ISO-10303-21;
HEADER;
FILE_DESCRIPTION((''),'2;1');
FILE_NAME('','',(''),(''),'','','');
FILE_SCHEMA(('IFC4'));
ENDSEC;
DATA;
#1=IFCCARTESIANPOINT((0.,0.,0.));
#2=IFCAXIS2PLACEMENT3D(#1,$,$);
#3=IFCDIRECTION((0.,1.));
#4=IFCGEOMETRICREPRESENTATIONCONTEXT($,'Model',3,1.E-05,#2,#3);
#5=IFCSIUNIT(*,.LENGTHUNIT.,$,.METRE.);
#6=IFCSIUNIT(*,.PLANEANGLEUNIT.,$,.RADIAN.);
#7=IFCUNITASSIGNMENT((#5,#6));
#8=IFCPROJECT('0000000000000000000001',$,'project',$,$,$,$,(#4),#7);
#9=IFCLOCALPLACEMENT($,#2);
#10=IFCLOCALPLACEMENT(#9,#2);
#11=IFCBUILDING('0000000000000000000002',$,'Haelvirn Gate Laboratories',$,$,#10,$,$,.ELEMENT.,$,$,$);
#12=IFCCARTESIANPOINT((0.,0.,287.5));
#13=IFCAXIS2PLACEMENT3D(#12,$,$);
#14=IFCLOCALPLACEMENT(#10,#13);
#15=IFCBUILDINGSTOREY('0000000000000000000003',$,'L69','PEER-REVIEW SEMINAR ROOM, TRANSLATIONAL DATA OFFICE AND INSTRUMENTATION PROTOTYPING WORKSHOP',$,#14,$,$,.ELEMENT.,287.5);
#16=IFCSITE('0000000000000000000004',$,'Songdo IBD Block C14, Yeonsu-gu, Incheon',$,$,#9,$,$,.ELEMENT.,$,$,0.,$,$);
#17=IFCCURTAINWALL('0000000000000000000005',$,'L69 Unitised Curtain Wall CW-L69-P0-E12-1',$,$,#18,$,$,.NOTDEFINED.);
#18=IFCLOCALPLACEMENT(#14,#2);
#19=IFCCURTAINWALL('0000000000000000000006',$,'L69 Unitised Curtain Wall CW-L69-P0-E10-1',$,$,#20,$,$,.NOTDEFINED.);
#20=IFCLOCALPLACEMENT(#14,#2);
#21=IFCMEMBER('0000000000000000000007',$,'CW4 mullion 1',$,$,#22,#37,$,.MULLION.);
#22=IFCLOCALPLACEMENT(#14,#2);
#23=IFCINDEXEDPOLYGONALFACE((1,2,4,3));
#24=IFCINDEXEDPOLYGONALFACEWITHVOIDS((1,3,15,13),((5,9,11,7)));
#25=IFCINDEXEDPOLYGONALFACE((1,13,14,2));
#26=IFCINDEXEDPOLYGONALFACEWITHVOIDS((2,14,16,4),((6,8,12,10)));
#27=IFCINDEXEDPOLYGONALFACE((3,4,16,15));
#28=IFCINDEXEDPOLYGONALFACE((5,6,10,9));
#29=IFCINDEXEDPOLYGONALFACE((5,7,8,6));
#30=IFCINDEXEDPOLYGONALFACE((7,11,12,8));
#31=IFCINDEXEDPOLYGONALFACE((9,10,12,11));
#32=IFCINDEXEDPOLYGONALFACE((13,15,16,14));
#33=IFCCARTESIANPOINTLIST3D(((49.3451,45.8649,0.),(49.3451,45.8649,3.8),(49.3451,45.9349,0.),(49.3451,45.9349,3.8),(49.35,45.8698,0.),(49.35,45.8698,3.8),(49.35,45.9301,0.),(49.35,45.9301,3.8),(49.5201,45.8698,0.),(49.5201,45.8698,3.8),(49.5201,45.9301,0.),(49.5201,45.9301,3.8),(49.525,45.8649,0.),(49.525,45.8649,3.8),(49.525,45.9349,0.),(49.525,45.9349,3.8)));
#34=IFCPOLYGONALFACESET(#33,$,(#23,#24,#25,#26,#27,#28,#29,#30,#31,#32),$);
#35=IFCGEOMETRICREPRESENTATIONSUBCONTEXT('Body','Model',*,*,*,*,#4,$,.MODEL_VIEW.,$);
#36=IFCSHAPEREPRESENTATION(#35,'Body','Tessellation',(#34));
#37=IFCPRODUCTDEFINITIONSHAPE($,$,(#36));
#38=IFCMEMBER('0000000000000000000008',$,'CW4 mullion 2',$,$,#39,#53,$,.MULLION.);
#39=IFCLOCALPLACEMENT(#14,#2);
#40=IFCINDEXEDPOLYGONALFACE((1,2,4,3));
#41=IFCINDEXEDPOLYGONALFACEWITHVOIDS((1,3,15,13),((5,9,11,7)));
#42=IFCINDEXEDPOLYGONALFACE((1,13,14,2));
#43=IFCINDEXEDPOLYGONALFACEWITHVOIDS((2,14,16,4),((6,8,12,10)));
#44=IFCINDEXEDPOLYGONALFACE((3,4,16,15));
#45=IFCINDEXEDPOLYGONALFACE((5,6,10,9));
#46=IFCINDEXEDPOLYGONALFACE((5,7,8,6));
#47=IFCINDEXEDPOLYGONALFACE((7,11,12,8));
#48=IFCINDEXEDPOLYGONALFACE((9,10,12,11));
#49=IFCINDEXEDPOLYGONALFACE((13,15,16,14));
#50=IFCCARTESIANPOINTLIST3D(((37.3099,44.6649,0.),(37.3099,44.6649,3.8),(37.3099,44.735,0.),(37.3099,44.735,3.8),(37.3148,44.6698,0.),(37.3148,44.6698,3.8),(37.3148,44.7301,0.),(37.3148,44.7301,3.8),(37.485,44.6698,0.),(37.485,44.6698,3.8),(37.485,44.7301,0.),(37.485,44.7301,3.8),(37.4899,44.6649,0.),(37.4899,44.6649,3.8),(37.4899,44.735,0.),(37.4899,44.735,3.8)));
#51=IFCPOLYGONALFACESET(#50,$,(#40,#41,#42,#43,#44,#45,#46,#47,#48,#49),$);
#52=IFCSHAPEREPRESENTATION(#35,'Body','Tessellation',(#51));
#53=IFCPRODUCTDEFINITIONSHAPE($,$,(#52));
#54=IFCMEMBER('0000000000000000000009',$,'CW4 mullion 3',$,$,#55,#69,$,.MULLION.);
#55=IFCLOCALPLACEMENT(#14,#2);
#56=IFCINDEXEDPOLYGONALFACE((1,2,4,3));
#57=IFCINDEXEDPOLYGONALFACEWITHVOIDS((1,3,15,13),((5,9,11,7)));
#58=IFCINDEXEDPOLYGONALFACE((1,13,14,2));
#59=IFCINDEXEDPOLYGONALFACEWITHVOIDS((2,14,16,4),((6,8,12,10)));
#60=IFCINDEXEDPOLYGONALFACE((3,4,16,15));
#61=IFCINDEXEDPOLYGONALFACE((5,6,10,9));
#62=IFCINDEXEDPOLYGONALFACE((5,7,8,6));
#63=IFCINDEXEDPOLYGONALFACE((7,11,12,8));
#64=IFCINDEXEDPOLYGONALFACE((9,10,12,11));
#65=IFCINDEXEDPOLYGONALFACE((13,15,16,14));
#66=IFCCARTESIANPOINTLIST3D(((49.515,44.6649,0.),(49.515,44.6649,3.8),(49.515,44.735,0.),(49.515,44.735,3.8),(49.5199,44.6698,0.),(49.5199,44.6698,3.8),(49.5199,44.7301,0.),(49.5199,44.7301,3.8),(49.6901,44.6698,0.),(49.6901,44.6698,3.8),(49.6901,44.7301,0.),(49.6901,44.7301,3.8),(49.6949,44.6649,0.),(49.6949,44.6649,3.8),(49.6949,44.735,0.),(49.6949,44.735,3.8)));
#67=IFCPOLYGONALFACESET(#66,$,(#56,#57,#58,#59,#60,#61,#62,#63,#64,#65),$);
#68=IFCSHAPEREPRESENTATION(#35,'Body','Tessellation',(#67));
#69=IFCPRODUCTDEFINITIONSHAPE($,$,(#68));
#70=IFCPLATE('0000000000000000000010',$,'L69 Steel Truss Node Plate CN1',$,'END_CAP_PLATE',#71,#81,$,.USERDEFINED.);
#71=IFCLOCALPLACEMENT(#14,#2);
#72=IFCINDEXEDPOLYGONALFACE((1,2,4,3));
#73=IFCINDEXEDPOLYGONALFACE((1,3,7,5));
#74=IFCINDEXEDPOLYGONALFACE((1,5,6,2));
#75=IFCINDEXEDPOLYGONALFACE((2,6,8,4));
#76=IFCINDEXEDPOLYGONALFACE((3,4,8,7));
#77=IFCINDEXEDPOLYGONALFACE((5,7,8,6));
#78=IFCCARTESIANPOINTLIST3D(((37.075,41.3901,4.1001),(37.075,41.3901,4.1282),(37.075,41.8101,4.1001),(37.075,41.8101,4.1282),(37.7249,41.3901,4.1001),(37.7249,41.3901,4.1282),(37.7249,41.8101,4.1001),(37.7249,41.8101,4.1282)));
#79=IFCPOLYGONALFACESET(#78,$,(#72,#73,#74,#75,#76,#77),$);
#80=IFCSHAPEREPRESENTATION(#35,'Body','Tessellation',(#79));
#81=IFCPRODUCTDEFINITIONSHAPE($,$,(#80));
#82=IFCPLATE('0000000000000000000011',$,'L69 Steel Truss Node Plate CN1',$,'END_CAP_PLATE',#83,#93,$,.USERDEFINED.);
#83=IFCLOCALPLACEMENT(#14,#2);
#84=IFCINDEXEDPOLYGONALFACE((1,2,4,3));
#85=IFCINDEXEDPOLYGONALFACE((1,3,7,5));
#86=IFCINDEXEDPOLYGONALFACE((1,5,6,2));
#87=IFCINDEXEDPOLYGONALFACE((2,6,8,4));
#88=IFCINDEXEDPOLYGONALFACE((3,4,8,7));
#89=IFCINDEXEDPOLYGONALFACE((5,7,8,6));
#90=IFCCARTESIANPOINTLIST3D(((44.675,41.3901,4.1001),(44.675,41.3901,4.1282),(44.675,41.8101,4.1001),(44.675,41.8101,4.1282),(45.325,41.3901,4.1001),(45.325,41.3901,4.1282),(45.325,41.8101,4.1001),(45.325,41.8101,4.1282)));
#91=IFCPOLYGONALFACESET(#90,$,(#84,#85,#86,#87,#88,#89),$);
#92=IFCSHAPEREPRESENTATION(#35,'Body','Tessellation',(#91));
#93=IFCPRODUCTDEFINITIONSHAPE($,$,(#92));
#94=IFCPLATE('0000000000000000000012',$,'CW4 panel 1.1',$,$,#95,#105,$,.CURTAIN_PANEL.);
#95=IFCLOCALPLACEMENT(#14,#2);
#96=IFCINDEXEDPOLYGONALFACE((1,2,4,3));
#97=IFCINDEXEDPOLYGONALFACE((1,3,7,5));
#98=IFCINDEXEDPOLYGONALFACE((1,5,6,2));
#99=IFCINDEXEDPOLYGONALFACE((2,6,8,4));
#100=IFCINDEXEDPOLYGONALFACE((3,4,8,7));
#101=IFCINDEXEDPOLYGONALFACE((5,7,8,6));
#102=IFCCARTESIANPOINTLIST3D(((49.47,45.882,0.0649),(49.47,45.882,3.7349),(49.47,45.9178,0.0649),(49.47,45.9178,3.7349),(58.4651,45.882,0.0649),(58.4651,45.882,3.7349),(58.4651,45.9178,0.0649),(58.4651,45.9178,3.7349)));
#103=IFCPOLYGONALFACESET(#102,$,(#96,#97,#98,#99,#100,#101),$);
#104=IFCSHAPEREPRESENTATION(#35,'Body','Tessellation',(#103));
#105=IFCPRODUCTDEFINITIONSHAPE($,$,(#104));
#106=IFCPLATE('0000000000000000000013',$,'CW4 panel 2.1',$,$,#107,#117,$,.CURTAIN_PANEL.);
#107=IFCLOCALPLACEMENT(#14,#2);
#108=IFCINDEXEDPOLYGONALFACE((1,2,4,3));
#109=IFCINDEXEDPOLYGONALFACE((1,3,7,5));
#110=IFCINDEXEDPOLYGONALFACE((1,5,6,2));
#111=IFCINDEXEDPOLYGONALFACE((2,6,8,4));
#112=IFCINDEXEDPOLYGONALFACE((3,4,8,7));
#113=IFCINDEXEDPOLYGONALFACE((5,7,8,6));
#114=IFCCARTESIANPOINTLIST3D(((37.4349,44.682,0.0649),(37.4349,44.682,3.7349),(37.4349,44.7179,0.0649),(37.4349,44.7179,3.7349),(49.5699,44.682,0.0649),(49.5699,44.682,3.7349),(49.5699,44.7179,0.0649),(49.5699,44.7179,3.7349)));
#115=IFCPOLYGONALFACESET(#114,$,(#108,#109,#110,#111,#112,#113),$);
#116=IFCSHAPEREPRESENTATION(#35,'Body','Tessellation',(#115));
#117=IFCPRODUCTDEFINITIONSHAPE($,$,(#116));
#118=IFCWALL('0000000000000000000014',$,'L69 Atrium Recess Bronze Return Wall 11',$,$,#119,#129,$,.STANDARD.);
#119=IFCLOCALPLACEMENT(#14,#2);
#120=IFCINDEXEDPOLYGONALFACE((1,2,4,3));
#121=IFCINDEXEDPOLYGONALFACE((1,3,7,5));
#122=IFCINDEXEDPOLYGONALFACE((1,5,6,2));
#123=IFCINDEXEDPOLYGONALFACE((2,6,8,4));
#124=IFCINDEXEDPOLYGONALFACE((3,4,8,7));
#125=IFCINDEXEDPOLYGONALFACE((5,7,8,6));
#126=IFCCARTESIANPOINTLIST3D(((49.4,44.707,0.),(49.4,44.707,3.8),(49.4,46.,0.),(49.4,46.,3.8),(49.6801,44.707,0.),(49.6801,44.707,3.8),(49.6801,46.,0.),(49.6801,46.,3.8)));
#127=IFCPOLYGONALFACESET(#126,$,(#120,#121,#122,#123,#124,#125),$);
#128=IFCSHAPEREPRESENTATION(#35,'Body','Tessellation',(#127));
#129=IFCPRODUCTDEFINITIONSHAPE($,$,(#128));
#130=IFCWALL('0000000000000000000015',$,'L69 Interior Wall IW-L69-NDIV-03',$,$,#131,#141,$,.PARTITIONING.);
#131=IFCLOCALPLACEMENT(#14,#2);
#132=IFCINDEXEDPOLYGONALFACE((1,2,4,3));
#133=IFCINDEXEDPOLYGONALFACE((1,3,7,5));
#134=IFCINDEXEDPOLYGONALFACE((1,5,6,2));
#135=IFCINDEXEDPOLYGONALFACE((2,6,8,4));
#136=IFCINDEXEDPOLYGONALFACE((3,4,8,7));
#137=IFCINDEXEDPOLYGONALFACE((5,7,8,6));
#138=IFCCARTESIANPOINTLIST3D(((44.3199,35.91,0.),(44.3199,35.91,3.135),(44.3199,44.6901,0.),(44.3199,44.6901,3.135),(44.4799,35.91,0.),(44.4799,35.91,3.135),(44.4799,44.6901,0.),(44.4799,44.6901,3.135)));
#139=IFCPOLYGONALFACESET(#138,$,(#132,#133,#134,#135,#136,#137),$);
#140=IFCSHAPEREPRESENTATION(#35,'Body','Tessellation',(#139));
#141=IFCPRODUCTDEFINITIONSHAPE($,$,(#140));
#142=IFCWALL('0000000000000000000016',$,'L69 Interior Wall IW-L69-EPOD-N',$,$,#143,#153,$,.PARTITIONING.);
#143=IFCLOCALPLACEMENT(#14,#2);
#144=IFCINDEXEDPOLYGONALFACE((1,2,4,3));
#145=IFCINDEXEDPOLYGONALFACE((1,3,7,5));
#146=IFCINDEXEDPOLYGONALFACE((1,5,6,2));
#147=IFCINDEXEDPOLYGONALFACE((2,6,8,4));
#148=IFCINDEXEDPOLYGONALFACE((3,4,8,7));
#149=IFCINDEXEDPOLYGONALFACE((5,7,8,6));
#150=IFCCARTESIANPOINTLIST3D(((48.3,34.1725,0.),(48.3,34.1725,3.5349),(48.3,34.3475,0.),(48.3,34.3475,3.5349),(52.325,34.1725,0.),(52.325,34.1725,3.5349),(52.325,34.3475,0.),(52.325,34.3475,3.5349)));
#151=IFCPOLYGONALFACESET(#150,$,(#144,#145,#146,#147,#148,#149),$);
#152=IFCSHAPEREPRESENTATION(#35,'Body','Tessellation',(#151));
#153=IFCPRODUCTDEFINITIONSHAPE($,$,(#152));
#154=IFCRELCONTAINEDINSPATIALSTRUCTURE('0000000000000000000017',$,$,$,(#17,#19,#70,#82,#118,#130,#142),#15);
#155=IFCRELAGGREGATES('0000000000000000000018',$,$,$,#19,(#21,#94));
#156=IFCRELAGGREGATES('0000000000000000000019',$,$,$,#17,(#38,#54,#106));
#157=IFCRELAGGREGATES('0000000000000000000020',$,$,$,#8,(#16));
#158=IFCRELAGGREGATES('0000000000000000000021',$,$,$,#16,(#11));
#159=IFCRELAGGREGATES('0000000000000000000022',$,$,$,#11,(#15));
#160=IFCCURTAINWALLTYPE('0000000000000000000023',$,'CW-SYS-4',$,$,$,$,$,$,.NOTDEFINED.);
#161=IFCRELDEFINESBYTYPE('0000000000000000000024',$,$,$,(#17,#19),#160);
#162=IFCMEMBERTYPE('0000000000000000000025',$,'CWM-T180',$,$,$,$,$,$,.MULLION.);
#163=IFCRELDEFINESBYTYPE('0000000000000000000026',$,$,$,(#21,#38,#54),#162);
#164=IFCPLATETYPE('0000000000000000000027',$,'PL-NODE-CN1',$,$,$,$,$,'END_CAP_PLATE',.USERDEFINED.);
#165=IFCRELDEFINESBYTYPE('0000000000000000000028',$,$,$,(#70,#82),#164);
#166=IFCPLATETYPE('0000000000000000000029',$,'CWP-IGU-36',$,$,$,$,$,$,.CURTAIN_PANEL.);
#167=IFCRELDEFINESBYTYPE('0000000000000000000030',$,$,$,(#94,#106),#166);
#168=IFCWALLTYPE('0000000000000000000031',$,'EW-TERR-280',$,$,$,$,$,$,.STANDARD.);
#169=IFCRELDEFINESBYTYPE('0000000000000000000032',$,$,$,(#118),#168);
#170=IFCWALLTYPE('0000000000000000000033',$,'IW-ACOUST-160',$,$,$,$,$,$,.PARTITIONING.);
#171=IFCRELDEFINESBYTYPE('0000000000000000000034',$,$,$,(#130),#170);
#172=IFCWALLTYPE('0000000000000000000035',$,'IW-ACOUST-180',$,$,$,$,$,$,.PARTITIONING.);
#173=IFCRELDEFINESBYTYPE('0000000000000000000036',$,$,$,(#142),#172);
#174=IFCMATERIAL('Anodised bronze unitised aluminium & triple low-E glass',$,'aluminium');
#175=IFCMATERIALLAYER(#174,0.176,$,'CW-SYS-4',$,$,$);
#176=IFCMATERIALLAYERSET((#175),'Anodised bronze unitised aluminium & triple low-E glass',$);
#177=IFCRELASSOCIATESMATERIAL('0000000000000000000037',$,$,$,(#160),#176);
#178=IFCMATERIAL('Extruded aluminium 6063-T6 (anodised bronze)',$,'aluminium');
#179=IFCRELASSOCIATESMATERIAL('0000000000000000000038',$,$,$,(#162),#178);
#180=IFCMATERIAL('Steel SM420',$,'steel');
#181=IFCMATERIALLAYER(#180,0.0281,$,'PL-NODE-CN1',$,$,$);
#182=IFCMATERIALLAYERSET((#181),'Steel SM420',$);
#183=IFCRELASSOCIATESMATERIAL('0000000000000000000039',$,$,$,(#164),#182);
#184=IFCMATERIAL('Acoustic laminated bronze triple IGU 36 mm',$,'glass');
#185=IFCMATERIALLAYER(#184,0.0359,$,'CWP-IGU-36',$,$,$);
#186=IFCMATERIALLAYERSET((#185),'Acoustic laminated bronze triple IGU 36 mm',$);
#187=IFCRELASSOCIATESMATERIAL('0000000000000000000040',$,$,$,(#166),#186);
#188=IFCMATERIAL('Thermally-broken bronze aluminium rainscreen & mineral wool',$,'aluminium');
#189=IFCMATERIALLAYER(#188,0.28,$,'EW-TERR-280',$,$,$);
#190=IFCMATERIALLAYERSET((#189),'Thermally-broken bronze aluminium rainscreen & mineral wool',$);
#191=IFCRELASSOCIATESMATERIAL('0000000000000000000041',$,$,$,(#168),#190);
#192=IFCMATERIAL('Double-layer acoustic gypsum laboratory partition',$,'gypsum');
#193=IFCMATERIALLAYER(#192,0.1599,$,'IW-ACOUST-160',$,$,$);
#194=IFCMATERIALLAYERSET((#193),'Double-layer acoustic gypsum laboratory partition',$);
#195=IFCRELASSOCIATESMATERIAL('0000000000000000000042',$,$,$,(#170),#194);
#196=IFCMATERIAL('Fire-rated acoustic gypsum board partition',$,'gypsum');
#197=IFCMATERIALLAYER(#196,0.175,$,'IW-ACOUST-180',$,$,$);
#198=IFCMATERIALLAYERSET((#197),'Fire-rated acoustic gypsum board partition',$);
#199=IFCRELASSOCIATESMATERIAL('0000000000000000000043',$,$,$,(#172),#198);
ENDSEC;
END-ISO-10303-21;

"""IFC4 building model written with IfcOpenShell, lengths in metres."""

from ifc_helpers import new_model, si_unit, direction, frame, frame_2d, origin, origin_2d, place, context, subcontext, project, spatial, rectangle, hollow_rectangle, extrude, source, transform, mapped, material, layer, layer_set, material_profile, profile_set, type_object, type_shapes, element, aggregate, save


model = new_model("IFC4")

# Units and contexts
model_context = context("Model", 3, precision=1e-05, world=origin(), true_north=direction((0.0, 1.0)))
body_context = subcontext(model_context, "Body", "Model", "MODEL_VIEW")
ifc_project = project(units=[si_unit("LENGTHUNIT", "METRE"), si_unit("PLANEANGLEUNIT", "RADIAN")], contexts=[model_context])

# Site, building, storey
site_placement = place(None, origin())
site = spatial("IfcSite", under=ifc_project, at=site_placement, Name="Songdo IBD Block C14, Yeonsu-gu, Incheon", CompositionType="ELEMENT", RefElevation=0.0)
building_placement = place(site_placement, origin())
building = spatial("IfcBuilding", under=site, at=building_placement, Name="Haelvirn Gate Laboratories", CompositionType="ELEMENT")
storey_placement = place(building_placement, frame((0.0, 0.0, 287.5)))
storey = spatial("IfcBuildingStorey", under=building, at=storey_placement, Name="L69", Description="PEER-REVIEW SEMINAR ROOM, TRANSLATIONAL DATA OFFICE AND INSTRUMENTATION PROTOTYPING WORKSHOP", CompositionType="ELEMENT", Elevation=287.5)

# Curtain walls, member
ifc_material_1 = material(Name="Anodised bronze unitised aluminium & triple low-E glass", Category="aluminium")
ifc_layer_1 = layer(ifc_material_1, 0.176, Name="CW-SYS-4")
ifc_layer_set_1 = layer_set([ifc_layer_1], Name="Anodised bronze unitised aluminium & triple low-E glass")
curtain_wall_type = type_object("IfcCurtainWallType", Name="CW-SYS-4", PredefinedType="NOTDEFINED", material=ifc_layer_set_1)
curtain_wall_1_placement = place(storey_placement, origin())
curtain_wall_1 = element("IfcCurtainWall", 1, at=curtain_wall_1_placement, inside=storey, type_object=curtain_wall_type, Name="L69 Unitised Curtain Wall CW-L69-P0-E12-1", PredefinedType="NOTDEFINED")
ifc_material_2 = material(Name="Extruded aluminium 6063-T6 (anodised bronze)", Category="aluminium")
curtain_wall_2_placement = place(storey_placement, origin())
curtain_wall_2 = element("IfcCurtainWall", 2, at=curtain_wall_2_placement, inside=storey, type_object=curtain_wall_type, Name="L69 Unitised Curtain Wall CW-L69-P0-E10-1", PredefinedType="NOTDEFINED")
ifc_material_profile_1 = material_profile(ifc_material_2, hollow_rectangle(XDim=0.0701, YDim=0.1799, WallThickness=0.0049, at=origin_2d()), Name="CWM-180x70x5")
ifc_profile_set_1 = profile_set([ifc_material_profile_1], Name="Extruded aluminium 6063-T6 (anodised bronze)")
member_type_1 = type_object("IfcMemberType", Name="CWM-T180", PredefinedType="MULLION", material=ifc_profile_set_1)
shared_shape_1 = source(origin(), body_context, "Body", "SweptSolid", [
    extrude(hollow_rectangle(XDim=0.0701, YDim=0.1799, WallThickness=0.0049, at=origin_2d()), origin(), (0.0, 0.0, 1.0), 3.8),
])
type_shapes(member_type_1, [shared_shape_1])
member_1_placement = place(storey_placement, frame((49.4351, 45.8999, 0.0), z_axis=(0.0, 0.0, 1.0), x_axis=(0.0, 1.0, 0.0)))
member_1 = element("IfcMember", 3, at=member_1_placement, type_object=member_type_1, Name="CW4 mullion 1", PredefinedType="MULLION", context=body_context, shape_type="MappedRepresentation", body=[
    mapped(shared_shape_1, transform((0.0, 0.0, 0.0), scale=1.0)),
])

# Members
member_2_placement = place(storey_placement, frame((37.3999, 44.7, 0.0), z_axis=(0.0, 0.0, 1.0), x_axis=(0.0, 1.0, 0.0)))
member_2 = element("IfcMember", 4, at=member_2_placement, type_object=member_type_1, Name="CW4 mullion 2", PredefinedType="MULLION", context=body_context, shape_type="MappedRepresentation", body=[
    mapped(shared_shape_1, transform((0.0, 0.0, 0.0), scale=1.0)),
])
member_3_placement = place(storey_placement, frame((49.605, 44.7, 0.0), z_axis=(0.0, 0.0, 1.0), x_axis=(0.0, 1.0, 0.0)))
member_3 = element("IfcMember", 5, at=member_3_placement, type_object=member_type_1, Name="CW4 mullion 3", PredefinedType="MULLION", context=body_context, shape_type="MappedRepresentation", body=[
    mapped(shared_shape_1, transform((0.0, 0.0, 0.0), scale=1.0)),
])

# Plates
ifc_material_3 = material(Name="Steel SM420", Category="steel")
ifc_layer_2 = layer(ifc_material_3, 0.0281, Name="PL-NODE-CN1")
ifc_layer_set_2 = layer_set([ifc_layer_2], Name="Steel SM420")
plate_type_1 = type_object("IfcPlateType", Name="PL-NODE-CN1", ElementType="END_CAP_PLATE", PredefinedType="USERDEFINED", material=ifc_layer_set_2)
shared_shape_2 = source(origin(), body_context, "Body", "SweptSolid", [
    extrude(rectangle(XDim=0.6499, YDim=0.4199, at=origin_2d()), origin(), (0.0, 0.0, 1.0), 0.0281),
])
type_shapes(plate_type_1, [shared_shape_2])
for number, where, z_axis, x_axis, name in (
    (6, (37.3999, 41.6001, 4.1001), (0.0, 0.0, 1.0), (1.0, 0.0, 0.0), "L69 Steel Truss Node Plate CN1"),
    (7, (45.0, 41.6001, 4.1001), (0.0, 0.0, 1.0), (1.0, 0.0, 0.0), "L69 Steel Truss Node Plate CN1"),
):
    element("IfcPlate", number, at=place(storey_placement, frame(where, z_axis=z_axis, x_axis=x_axis)), inside=storey, type_object=plate_type_1, Name=name, ObjectType="END_CAP_PLATE", PredefinedType="USERDEFINED", context=body_context, shape_type="MappedRepresentation", body=[
        mapped(shared_shape_2, transform((0.0, 0.0, 0.0), scale=1.0)),
    ])

# Plates
ifc_material_4 = material(Name="Acoustic laminated bronze triple IGU 36 mm", Category="glass")
ifc_layer_3 = layer(ifc_material_4, 0.0359, Name="CWP-IGU-36")
ifc_layer_set_3 = layer_set([ifc_layer_3], Name="Acoustic laminated bronze triple IGU 36 mm")
plate_type_2 = type_object("IfcPlateType", Name="CWP-IGU-36", PredefinedType="CURTAIN_PANEL", material=ifc_layer_set_3)
shared_shape_3 = source(origin(), body_context, "Body", "SweptSolid", [
    extrude(rectangle(XDim=8.9951, YDim=0.0359, at=origin_2d()), origin(), (0.0, 0.0, 1.0), 3.6699),
])
plate_1_placement = place(storey_placement, frame((53.9675, 45.8999, 0.0649), z_axis=(0.0, 0.0, 1.0), x_axis=(1.0, 0.0, 0.0)))
plate_1 = element("IfcPlate", 8, at=plate_1_placement, type_object=plate_type_2, Name="CW4 panel 1.1", PredefinedType="CURTAIN_PANEL", context=body_context, shape_type="MappedRepresentation", body=[
    mapped(shared_shape_3, transform((0.0, 0.0, 0.0), scale=1.0)),
])
aggregate(curtain_wall_2, [member_1, plate_1])
shared_shape_4 = source(origin(), body_context, "Body", "SweptSolid", [
    extrude(rectangle(XDim=12.135, YDim=0.0359, at=origin_2d()), origin(), (0.0, 0.0, 1.0), 3.6699),
])
type_shapes(plate_type_2, [shared_shape_3, shared_shape_4])
plate_2_placement = place(storey_placement, frame((43.5024, 44.7, 0.0649), z_axis=(0.0, 0.0, 1.0), x_axis=(1.0, 0.0, 0.0)))
plate_2 = element("IfcPlate", 9, at=plate_2_placement, type_object=plate_type_2, Name="CW4 panel 2.1", PredefinedType="CURTAIN_PANEL", context=body_context, shape_type="MappedRepresentation", body=[
    mapped(shared_shape_4, transform((0.0, 0.0, 0.0), scale=1.0)),
])
aggregate(curtain_wall_1, [member_2, member_3, plate_2])

# Walls
ifc_material_5 = material(Name="Thermally-broken bronze aluminium rainscreen & mineral wool", Category="aluminium")
ifc_layer_4 = layer(ifc_material_5, 0.28, Name="EW-TERR-280")
ifc_layer_set_4 = layer_set([ifc_layer_4], Name="Thermally-broken bronze aluminium rainscreen & mineral wool")
wall_type_1 = type_object("IfcWallType", Name="EW-TERR-280", PredefinedType="STANDARD", material=ifc_layer_set_4)
wall_1_placement = place(storey_placement, frame((49.54, 46.0, 0.0), z_axis=(0.0, 0.0, 1.0), x_axis=(0.0, -1.0, 0.0)))
element("IfcWall", 10, at=wall_1_placement, inside=storey, type_object=wall_type_1, Name="L69 Atrium Recess Bronze Return Wall 11", PredefinedType="STANDARD", context=body_context, shape_type="SweptSolid", body=[
    extrude(rectangle(XDim=1.293, YDim=0.28, at=frame_2d((0.6465, 0.0))), origin(), (0.0, 0.0, 1.0), 3.8),
])
ifc_material_6 = material(Name="Double-layer acoustic gypsum laboratory partition", Category="gypsum")
ifc_layer_5 = layer(ifc_material_6, 0.1599, Name="IW-ACOUST-160")
ifc_layer_set_5 = layer_set([ifc_layer_5], Name="Double-layer acoustic gypsum laboratory partition")
wall_type_2 = type_object("IfcWallType", Name="IW-ACOUST-160", PredefinedType="PARTITIONING", material=ifc_layer_set_5)
wall_2_placement = place(storey_placement, frame((44.3999, 35.9099, 0.0), z_axis=(0.0, 0.0, 1.0), x_axis=(0.0, 1.0, 0.0)))
element("IfcWall", 11, at=wall_2_placement, inside=storey, type_object=wall_type_2, Name="L69 Interior Wall IW-L69-NDIV-03", PredefinedType="PARTITIONING", context=body_context, shape_type="SweptSolid", body=[
    extrude(rectangle(XDim=8.78, YDim=0.1599, at=frame_2d((4.3901, 0.0))), origin(), (0.0, 0.0, 1.0), 3.135),
])
ifc_material_7 = material(Name="Fire-rated acoustic gypsum board partition", Category="gypsum")
ifc_layer_6 = layer(ifc_material_7, 0.175, Name="IW-ACOUST-180")
ifc_layer_set_6 = layer_set([ifc_layer_6], Name="Fire-rated acoustic gypsum board partition")
wall_type_3 = type_object("IfcWallType", Name="IW-ACOUST-180", PredefinedType="PARTITIONING", material=ifc_layer_set_6)
wall_3_placement = place(storey_placement, frame((48.3, 34.26, 0.0), z_axis=(0.0, 0.0, 1.0), x_axis=(1.0, 0.0, 0.0)))
element("IfcWall", 12, at=wall_3_placement, inside=storey, type_object=wall_type_3, Name="L69 Interior Wall IW-L69-EPOD-N", PredefinedType="PARTITIONING", context=body_context, shape_type="SweptSolid", body=[
    extrude(rectangle(XDim=4.0249, YDim=0.175, at=frame_2d((2.0125, 0.0))), origin(), (0.0, 0.0, 1.0), 3.5349),
])

save(model, "model.ifc")
